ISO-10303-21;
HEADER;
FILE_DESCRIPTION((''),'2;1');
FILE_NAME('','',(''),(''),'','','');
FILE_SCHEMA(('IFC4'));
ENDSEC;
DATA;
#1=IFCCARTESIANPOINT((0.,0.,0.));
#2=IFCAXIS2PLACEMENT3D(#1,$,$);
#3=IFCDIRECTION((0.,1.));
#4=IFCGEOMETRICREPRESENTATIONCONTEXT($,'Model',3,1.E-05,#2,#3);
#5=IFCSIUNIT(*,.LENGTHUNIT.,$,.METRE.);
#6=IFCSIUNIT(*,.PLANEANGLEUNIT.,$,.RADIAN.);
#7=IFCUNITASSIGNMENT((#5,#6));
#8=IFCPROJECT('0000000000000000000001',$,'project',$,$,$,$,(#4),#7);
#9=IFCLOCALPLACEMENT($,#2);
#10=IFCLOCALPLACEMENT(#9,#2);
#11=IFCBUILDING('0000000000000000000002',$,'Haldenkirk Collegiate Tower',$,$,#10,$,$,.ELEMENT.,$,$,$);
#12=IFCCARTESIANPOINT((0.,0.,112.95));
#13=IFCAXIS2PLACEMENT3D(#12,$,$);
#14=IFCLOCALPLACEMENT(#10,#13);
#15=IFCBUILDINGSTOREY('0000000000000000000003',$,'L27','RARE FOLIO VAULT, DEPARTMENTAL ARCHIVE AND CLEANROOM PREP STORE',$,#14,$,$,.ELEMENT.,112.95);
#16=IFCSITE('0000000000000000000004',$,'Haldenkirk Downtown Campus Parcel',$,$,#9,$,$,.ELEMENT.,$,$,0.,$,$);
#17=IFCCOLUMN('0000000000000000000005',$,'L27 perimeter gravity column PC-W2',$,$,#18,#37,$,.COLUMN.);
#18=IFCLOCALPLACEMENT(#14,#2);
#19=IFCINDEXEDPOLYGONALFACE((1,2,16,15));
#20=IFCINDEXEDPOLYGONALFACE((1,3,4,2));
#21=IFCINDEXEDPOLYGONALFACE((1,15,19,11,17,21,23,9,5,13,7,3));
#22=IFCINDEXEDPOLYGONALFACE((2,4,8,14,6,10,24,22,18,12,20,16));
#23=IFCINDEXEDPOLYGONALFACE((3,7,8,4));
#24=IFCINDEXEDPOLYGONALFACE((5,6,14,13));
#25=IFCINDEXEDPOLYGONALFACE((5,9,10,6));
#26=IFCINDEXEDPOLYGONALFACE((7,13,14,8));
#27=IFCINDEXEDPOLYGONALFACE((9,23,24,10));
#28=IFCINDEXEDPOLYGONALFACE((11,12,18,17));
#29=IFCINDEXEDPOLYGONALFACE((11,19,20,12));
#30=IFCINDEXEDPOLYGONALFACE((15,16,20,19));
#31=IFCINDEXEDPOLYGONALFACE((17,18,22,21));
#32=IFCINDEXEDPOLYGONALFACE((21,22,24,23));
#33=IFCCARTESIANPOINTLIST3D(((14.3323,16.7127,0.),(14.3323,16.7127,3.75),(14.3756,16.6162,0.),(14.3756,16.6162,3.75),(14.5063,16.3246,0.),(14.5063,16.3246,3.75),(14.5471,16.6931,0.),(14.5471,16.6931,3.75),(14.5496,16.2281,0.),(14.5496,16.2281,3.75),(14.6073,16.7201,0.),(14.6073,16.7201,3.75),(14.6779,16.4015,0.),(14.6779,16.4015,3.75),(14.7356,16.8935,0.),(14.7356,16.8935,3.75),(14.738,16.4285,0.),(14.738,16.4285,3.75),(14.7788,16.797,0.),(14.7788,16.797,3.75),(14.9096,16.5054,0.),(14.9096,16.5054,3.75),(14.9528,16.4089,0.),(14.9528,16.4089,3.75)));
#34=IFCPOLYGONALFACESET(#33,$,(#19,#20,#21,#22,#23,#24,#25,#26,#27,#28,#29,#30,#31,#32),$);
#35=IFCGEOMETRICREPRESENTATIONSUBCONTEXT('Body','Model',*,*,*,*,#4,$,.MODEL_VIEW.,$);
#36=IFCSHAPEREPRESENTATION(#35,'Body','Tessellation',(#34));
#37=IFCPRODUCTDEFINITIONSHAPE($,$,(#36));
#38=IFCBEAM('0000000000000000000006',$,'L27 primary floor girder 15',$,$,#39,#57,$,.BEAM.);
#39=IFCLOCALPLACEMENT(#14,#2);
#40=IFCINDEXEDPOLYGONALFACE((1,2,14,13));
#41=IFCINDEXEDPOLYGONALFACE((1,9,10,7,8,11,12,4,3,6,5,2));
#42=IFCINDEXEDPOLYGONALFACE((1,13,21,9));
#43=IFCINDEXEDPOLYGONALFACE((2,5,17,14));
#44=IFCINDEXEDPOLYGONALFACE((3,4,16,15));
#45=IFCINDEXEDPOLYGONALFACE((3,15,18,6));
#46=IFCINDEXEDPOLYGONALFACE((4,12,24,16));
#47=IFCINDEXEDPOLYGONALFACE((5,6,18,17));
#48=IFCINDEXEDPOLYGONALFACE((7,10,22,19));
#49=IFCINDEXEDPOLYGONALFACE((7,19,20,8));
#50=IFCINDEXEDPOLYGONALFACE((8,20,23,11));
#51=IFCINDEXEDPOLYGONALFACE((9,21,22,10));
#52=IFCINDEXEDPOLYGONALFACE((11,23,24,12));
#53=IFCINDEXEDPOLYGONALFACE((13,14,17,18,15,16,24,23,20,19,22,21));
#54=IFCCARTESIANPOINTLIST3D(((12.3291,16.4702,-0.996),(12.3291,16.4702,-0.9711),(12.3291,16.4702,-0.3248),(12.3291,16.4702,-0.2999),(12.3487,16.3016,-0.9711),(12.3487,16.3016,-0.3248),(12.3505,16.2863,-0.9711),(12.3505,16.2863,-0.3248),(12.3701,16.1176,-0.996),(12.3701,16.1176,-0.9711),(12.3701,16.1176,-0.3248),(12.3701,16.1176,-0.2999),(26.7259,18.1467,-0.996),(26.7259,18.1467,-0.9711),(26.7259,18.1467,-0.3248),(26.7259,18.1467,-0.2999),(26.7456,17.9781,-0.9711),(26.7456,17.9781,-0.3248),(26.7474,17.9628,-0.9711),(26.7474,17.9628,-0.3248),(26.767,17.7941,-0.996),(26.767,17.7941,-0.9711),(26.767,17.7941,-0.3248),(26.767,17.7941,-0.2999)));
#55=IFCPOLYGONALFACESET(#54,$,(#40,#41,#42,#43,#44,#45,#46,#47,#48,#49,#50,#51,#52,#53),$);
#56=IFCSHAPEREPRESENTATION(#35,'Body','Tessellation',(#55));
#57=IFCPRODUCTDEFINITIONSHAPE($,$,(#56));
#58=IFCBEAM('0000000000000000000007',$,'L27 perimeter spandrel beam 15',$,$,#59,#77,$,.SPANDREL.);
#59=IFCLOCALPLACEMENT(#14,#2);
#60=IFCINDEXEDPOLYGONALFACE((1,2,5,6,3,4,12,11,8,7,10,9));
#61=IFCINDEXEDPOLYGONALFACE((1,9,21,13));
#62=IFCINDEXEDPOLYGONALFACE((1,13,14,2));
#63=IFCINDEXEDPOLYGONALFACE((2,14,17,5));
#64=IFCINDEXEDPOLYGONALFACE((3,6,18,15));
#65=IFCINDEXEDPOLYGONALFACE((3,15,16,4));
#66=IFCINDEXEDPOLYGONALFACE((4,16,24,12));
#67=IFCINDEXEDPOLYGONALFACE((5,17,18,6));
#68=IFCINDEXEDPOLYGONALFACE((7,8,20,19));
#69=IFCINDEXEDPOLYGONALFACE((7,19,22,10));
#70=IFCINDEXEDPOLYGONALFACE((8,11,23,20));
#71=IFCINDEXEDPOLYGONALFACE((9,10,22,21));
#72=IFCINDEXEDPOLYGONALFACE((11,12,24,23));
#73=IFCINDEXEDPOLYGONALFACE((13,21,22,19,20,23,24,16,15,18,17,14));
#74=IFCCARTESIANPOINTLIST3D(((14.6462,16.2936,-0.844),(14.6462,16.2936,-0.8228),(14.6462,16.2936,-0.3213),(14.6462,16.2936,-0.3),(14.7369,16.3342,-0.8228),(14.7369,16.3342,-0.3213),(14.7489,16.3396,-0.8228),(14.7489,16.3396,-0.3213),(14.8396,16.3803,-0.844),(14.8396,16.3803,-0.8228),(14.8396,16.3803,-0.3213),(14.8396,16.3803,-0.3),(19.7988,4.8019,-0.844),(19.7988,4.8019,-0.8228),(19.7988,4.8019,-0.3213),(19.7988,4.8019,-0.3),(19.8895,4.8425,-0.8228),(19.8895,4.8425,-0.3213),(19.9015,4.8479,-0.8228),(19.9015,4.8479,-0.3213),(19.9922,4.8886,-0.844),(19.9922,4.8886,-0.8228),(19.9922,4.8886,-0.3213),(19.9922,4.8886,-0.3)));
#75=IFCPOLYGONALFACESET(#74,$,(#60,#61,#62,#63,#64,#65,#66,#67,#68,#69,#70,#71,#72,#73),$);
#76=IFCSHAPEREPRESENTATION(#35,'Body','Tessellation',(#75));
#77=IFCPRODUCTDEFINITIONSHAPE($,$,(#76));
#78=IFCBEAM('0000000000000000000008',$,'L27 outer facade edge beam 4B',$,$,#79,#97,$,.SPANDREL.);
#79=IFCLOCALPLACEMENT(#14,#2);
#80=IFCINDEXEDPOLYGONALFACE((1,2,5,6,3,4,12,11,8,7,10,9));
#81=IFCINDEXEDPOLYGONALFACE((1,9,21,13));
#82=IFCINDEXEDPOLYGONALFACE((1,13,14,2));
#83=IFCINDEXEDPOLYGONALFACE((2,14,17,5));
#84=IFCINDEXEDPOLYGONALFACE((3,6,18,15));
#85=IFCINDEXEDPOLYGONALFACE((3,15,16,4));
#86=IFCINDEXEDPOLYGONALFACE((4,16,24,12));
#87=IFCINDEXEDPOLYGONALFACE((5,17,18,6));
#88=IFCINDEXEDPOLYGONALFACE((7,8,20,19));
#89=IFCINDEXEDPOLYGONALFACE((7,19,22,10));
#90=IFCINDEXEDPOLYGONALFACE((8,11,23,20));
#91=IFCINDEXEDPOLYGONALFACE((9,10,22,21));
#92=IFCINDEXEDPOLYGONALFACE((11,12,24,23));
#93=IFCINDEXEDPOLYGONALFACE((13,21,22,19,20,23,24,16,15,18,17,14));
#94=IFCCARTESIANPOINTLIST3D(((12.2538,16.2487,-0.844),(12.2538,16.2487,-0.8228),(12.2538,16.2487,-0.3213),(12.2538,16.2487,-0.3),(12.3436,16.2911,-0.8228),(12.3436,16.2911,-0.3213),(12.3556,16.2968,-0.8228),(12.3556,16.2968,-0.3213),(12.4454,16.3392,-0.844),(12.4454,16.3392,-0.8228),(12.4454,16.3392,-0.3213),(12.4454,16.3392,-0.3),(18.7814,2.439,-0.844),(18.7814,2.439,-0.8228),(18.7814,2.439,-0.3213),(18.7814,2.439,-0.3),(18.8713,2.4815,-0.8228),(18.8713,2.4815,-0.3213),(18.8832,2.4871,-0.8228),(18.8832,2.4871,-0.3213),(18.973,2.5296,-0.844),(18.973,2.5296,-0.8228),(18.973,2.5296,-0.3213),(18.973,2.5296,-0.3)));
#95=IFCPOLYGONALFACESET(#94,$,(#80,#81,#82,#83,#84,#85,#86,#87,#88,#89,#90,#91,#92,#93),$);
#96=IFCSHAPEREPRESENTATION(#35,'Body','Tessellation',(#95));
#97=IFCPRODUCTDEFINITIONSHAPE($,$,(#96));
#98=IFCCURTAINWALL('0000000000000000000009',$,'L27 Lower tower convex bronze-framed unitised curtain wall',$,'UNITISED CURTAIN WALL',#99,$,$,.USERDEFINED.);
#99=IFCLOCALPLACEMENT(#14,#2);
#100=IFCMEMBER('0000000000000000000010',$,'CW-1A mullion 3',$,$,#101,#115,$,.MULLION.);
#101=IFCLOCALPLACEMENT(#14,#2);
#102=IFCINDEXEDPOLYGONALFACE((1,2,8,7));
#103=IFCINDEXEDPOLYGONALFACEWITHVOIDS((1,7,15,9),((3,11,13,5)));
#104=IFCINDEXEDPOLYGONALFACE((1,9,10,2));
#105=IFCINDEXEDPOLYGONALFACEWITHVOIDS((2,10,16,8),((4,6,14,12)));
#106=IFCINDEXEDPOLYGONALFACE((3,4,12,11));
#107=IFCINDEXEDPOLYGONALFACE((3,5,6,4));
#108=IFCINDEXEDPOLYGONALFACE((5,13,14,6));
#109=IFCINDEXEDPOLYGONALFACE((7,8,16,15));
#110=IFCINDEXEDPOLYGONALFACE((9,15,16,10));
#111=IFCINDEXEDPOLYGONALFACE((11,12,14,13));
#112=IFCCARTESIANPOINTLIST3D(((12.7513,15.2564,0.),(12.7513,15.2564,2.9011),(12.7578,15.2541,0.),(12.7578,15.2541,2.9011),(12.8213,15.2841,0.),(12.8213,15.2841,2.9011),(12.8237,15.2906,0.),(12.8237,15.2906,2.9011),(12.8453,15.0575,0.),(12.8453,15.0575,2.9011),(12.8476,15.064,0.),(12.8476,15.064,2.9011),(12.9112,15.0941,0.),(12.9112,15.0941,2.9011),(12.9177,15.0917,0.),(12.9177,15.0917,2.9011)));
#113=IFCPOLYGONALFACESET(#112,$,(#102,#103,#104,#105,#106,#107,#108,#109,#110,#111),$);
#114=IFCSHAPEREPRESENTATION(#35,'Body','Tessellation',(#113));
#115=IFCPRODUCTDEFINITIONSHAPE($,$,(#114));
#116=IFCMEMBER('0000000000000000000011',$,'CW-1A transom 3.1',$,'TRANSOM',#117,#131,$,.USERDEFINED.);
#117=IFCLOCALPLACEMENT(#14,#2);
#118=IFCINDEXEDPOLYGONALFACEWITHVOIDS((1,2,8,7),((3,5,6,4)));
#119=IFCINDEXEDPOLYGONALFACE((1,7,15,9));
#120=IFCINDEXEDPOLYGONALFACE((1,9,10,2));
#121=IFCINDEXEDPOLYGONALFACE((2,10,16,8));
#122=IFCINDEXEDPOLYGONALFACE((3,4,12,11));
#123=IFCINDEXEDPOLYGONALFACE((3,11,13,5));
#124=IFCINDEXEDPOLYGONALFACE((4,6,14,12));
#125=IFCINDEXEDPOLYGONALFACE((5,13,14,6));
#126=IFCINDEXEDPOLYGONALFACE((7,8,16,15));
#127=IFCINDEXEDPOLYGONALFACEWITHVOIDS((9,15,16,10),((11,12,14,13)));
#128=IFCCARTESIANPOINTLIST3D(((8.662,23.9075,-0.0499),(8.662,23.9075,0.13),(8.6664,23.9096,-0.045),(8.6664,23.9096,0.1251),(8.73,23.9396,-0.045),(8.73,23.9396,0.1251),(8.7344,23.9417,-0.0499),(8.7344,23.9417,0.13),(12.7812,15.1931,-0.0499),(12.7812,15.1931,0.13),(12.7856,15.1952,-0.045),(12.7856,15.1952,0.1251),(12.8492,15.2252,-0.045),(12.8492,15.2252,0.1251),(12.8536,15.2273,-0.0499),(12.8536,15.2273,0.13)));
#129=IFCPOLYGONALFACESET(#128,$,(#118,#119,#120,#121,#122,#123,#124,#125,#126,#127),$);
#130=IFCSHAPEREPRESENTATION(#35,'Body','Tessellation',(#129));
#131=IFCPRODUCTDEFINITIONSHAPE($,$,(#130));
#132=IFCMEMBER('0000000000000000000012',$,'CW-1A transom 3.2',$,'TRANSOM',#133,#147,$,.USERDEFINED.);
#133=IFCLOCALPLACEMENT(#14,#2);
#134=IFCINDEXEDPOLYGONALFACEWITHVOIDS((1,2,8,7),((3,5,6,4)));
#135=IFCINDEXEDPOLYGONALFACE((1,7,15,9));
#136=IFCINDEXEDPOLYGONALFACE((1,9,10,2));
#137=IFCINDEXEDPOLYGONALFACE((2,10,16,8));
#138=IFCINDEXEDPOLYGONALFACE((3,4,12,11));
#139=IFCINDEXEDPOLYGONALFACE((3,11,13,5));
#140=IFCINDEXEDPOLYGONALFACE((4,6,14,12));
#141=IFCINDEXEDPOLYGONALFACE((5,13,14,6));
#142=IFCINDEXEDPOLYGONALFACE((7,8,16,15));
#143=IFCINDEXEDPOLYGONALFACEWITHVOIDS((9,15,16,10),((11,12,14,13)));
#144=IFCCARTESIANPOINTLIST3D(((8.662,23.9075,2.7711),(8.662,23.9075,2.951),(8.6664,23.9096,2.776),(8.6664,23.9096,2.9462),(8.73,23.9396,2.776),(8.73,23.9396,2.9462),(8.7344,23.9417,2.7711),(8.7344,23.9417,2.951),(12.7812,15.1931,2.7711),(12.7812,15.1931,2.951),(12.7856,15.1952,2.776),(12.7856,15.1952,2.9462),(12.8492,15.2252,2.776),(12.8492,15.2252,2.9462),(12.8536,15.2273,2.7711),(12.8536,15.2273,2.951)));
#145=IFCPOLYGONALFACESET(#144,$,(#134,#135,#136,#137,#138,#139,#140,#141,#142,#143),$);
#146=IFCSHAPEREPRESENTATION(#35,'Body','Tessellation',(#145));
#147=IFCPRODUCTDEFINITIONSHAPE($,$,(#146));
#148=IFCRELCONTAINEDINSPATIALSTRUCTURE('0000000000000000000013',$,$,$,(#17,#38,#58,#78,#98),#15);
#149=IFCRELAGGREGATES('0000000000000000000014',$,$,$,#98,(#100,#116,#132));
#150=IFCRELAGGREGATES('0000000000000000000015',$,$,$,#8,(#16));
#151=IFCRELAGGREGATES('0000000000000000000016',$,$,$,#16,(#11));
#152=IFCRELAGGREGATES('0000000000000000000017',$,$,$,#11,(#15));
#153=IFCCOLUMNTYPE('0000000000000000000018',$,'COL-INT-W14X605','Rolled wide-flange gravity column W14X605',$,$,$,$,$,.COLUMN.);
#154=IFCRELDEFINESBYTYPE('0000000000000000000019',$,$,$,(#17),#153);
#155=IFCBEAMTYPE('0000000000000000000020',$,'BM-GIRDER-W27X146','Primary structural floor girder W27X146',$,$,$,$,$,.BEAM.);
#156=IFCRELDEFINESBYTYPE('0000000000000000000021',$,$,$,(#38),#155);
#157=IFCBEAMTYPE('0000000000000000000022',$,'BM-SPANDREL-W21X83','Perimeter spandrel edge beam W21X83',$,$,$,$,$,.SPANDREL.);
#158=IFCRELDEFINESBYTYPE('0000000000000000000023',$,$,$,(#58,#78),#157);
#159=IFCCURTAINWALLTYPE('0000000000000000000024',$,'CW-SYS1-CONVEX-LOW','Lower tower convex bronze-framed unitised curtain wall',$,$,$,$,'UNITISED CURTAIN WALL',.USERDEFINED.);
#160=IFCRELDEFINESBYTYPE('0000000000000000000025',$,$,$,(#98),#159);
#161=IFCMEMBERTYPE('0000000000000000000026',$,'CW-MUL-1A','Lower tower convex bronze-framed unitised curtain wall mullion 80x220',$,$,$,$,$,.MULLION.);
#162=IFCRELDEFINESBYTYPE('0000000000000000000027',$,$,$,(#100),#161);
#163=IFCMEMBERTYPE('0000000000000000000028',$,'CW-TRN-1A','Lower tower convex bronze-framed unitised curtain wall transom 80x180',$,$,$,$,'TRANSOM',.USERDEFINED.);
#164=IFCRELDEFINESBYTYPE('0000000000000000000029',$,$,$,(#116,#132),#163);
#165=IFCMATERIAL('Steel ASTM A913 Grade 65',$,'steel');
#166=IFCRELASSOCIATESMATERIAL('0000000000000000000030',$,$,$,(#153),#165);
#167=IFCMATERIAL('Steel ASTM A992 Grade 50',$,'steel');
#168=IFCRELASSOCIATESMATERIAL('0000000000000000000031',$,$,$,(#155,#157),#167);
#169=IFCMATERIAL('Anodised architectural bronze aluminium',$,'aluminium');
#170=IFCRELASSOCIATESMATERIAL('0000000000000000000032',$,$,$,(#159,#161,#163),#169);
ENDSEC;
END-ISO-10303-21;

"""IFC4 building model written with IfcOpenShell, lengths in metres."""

from ifc_helpers import new_model, si_unit, direction, frame, origin, origin_2d, place, context, subcontext, project, spatial, hollow_rectangle, i_section, extrude, material, material_profile, profile_set, type_object, element, aggregate, save


model = new_model("IFC4")

# Units and contexts
model_context = context("Model", 3, precision=1e-05, world=origin(), true_north=direction((0.0, 1.0)))
body_context = subcontext(model_context, "Body", "Model", "MODEL_VIEW")
ifc_project = project(units=[si_unit("LENGTHUNIT", "METRE"), si_unit("PLANEANGLEUNIT", "RADIAN")], contexts=[model_context])

# Site, building, storey
site_placement = place(None, origin())
site = spatial("IfcSite", under=ifc_project, at=site_placement, Name="Haldenkirk Downtown Campus Parcel", CompositionType="ELEMENT", RefElevation=0.0)
building_placement = place(site_placement, origin())
building = spatial("IfcBuilding", under=site, at=building_placement, Name="Haldenkirk Collegiate Tower", CompositionType="ELEMENT")
storey_placement = place(building_placement, frame((0.0, 0.0, 112.95)))
storey = spatial("IfcBuildingStorey", under=building, at=storey_placement, Name="L27", Description="RARE FOLIO VAULT, DEPARTMENTAL ARCHIVE AND CLEANROOM PREP STORE", CompositionType="ELEMENT", Elevation=112.95)

# Column
ifc_material_1 = material(Name="Steel ASTM A913 Grade 65", Category="steel")
ifc_material_profile_1 = material_profile(ifc_material_1, i_section(OverallWidth=0.4419, OverallDepth=0.531, WebThickness=0.0659, FlangeThickness=0.1057, at=origin_2d()), Name="W14X605")
ifc_profile_set_1 = profile_set([ifc_material_profile_1], Name="Steel ASTM A913 Grade 65")
column_type = type_object("IfcColumnType", Name="COL-INT-W14X605", Description="Rolled wide-flange gravity column W14X605", PredefinedType="COLUMN", material=ifc_profile_set_1)
column_placement = place(storey_placement, frame((14.6426, 16.5608, 0.0), z_axis=(0.0, 0.0, 1.0), x_axis=(0.912477, 0.409127, 0.0)))
element("IfcColumn", 1, at=column_placement, inside=storey, type_object=column_type, Name="L27 perimeter gravity column PC-W2", PredefinedType="COLUMN", context=body_context, shape_type="SweptSolid", body=[
    extrude(i_section(OverallWidth=0.4419, OverallDepth=0.531, WebThickness=0.0659, FlangeThickness=0.1057, at=origin_2d()), origin(), (0.0, 0.0, 1.0), 3.75),
])

# Beams
ifc_material_2 = material(Name="Steel ASTM A992 Grade 50", Category="steel")
ifc_material_profile_2 = material_profile(ifc_material_2, i_section(OverallWidth=0.355, OverallDepth=0.696, WebThickness=0.0154, FlangeThickness=0.0249, at=origin_2d()), Name="W27X146")
ifc_profile_set_2 = profile_set([ifc_material_profile_2], Name="Steel ASTM A992 Grade 50")
beam_type_1 = type_object("IfcBeamType", Name="BM-GIRDER-W27X146", Description="Primary structural floor girder W27X146", PredefinedType="BEAM", material=ifc_profile_set_2)
beam_1_placement = place(storey_placement, frame((12.3496, 16.2939, -0.6479), z_axis=(0.993288, 0.115667, 0.0), x_axis=(-0.115667, 0.993288, 0.0)))
element("IfcBeam", 2, at=beam_1_placement, inside=storey, type_object=beam_type_1, Name="L27 primary floor girder 15", PredefinedType="BEAM", context=body_context, shape_type="SweptSolid", body=[
    extrude(i_section(OverallWidth=0.355, OverallDepth=0.696, WebThickness=0.0154, FlangeThickness=0.0249, at=origin_2d()), origin(), (0.0, 0.0, 1.0), 14.4941),
])
ifc_material_profile_3 = material_profile(ifc_material_2, i_section(OverallWidth=0.2119, OverallDepth=0.5439, WebThickness=0.0132, FlangeThickness=0.0212, at=origin_2d()), Name="W21X83")
ifc_profile_set_3 = profile_set([ifc_material_profile_3], Name="Steel ASTM A992 Grade 50")
beam_type_2 = type_object("IfcBeamType", Name="BM-SPANDREL-W21X83", Description="Perimeter spandrel edge beam W21X83", PredefinedType="SPANDREL", material=ifc_profile_set_3)
beam_2_placement = place(storey_placement, frame((14.7429, 16.3369, -0.572), z_axis=(0.409131, -0.912476, 0.0), x_axis=(0.912476, 0.409131, 0.0)))
element("IfcBeam", 3, at=beam_2_placement, inside=storey, type_object=beam_type_2, Name="L27 perimeter spandrel beam 15", PredefinedType="SPANDREL", context=body_context, shape_type="SweptSolid", body=[
    extrude(i_section(OverallWidth=0.2119, OverallDepth=0.5439, WebThickness=0.0132, FlangeThickness=0.0212, at=origin_2d()), origin(), (0.0, 0.0, 1.0), 12.594),
])
beam_3_placement = place(storey_placement, frame((12.3496, 16.2939, -0.572), z_axis=(0.427349, -0.904087, 0.0), x_axis=(0.904087, 0.427349, 0.0)))
element("IfcBeam", 4, at=beam_3_placement, inside=storey, type_object=beam_type_2, Name="L27 outer facade edge beam 4B", PredefinedType="SPANDREL", context=body_context, shape_type="SweptSolid", body=[
    extrude(i_section(OverallWidth=0.2119, OverallDepth=0.5439, WebThickness=0.0132, FlangeThickness=0.0212, at=origin_2d()), origin(), (0.0, 0.0, 1.0), 15.2747),
])

# Curtain wall, members
ifc_material_3 = material(Name="Anodised architectural bronze aluminium", Category="aluminium")
curtain_wall_type = type_object("IfcCurtainWallType", Name="CW-SYS1-CONVEX-LOW", Description="Lower tower convex bronze-framed unitised curtain wall", ElementType="UNITISED CURTAIN WALL", PredefinedType="USERDEFINED", material=ifc_material_3)
curtain_wall_placement = place(storey_placement, origin())
curtain_wall = element("IfcCurtainWall", 5, at=curtain_wall_placement, inside=storey, type_object=curtain_wall_type, Name="L27 Lower tower convex bronze-framed unitised curtain wall", ObjectType="UNITISED CURTAIN WALL", PredefinedType="USERDEFINED")
ifc_material_profile_4 = material_profile(ifc_material_3, hollow_rectangle(XDim=0.0801, YDim=0.22, WallThickness=0.0049, at=origin_2d()), Name="CW-MUL-1A")
ifc_profile_set_4 = profile_set([ifc_material_profile_4], Name="Anodised architectural bronze aluminium")
member_type_1 = type_object("IfcMemberType", Name="CW-MUL-1A", Description="Lower tower convex bronze-framed unitised curtain wall mullion 80x220", PredefinedType="MULLION", material=ifc_profile_set_4)
member_1_placement = place(storey_placement, frame((12.8345, 15.1741, 0.0), z_axis=(0.0, 0.0, 1.0), x_axis=(-0.904081, -0.42736, 0.0)))
member_1 = element("IfcMember", 6, at=member_1_placement, type_object=member_type_1, Name="CW-1A mullion 3", PredefinedType="MULLION", context=body_context, shape_type="SweptSolid", body=[
    extrude(hollow_rectangle(XDim=0.0801, YDim=0.22, WallThickness=0.0049, at=origin_2d()), origin(), (0.0, 0.0, 1.0), 2.9011),
])
ifc_material_profile_5 = material_profile(ifc_material_3, hollow_rectangle(XDim=0.0801, YDim=0.1799, WallThickness=0.0049, at=origin_2d()), Name="CW-TRN-1A")
ifc_profile_set_5 = profile_set([ifc_material_profile_5], Name="Anodised architectural bronze aluminium")
member_type_2 = type_object("IfcMemberType", Name="CW-TRN-1A", Description="Lower tower convex bronze-framed unitised curtain wall transom 80x180", ElementType="TRANSOM", PredefinedType="USERDEFINED", material=ifc_profile_set_5)
member_2_placement = place(storey_placement, frame((12.8174, 15.2102, 0.04), z_axis=(-0.427348, 0.904087, 0.0), x_axis=(-0.904087, -0.427348, 0.0)))
member_2 = element("IfcMember", 7, at=member_2_placement, type_object=member_type_2, Name="CW-1A transom 3.1", ObjectType="TRANSOM", PredefinedType="USERDEFINED", context=body_context, shape_type="SweptSolid", body=[
    extrude(hollow_rectangle(XDim=0.0801, YDim=0.1799, WallThickness=0.0049, at=origin_2d()), origin(), (0.0, 0.0, 1.0), 9.6389),
])
member_3_placement = place(storey_placement, frame((12.8174, 15.2102, 2.8611), z_axis=(-0.427348, 0.904087, 0.0), x_axis=(-0.904087, -0.427348, 0.0)))
member_3 = element("IfcMember", 8, at=member_3_placement, type_object=member_type_2, Name="CW-1A transom 3.2", ObjectType="TRANSOM", PredefinedType="USERDEFINED", context=body_context, shape_type="SweptSolid", body=[
    extrude(hollow_rectangle(XDim=0.0801, YDim=0.1799, WallThickness=0.0049, at=origin_2d()), origin(), (0.0, 0.0, 1.0), 9.6389),
])

aggregate(curtain_wall, [member_1, member_2, member_3])

save(model, "model.ifc")
